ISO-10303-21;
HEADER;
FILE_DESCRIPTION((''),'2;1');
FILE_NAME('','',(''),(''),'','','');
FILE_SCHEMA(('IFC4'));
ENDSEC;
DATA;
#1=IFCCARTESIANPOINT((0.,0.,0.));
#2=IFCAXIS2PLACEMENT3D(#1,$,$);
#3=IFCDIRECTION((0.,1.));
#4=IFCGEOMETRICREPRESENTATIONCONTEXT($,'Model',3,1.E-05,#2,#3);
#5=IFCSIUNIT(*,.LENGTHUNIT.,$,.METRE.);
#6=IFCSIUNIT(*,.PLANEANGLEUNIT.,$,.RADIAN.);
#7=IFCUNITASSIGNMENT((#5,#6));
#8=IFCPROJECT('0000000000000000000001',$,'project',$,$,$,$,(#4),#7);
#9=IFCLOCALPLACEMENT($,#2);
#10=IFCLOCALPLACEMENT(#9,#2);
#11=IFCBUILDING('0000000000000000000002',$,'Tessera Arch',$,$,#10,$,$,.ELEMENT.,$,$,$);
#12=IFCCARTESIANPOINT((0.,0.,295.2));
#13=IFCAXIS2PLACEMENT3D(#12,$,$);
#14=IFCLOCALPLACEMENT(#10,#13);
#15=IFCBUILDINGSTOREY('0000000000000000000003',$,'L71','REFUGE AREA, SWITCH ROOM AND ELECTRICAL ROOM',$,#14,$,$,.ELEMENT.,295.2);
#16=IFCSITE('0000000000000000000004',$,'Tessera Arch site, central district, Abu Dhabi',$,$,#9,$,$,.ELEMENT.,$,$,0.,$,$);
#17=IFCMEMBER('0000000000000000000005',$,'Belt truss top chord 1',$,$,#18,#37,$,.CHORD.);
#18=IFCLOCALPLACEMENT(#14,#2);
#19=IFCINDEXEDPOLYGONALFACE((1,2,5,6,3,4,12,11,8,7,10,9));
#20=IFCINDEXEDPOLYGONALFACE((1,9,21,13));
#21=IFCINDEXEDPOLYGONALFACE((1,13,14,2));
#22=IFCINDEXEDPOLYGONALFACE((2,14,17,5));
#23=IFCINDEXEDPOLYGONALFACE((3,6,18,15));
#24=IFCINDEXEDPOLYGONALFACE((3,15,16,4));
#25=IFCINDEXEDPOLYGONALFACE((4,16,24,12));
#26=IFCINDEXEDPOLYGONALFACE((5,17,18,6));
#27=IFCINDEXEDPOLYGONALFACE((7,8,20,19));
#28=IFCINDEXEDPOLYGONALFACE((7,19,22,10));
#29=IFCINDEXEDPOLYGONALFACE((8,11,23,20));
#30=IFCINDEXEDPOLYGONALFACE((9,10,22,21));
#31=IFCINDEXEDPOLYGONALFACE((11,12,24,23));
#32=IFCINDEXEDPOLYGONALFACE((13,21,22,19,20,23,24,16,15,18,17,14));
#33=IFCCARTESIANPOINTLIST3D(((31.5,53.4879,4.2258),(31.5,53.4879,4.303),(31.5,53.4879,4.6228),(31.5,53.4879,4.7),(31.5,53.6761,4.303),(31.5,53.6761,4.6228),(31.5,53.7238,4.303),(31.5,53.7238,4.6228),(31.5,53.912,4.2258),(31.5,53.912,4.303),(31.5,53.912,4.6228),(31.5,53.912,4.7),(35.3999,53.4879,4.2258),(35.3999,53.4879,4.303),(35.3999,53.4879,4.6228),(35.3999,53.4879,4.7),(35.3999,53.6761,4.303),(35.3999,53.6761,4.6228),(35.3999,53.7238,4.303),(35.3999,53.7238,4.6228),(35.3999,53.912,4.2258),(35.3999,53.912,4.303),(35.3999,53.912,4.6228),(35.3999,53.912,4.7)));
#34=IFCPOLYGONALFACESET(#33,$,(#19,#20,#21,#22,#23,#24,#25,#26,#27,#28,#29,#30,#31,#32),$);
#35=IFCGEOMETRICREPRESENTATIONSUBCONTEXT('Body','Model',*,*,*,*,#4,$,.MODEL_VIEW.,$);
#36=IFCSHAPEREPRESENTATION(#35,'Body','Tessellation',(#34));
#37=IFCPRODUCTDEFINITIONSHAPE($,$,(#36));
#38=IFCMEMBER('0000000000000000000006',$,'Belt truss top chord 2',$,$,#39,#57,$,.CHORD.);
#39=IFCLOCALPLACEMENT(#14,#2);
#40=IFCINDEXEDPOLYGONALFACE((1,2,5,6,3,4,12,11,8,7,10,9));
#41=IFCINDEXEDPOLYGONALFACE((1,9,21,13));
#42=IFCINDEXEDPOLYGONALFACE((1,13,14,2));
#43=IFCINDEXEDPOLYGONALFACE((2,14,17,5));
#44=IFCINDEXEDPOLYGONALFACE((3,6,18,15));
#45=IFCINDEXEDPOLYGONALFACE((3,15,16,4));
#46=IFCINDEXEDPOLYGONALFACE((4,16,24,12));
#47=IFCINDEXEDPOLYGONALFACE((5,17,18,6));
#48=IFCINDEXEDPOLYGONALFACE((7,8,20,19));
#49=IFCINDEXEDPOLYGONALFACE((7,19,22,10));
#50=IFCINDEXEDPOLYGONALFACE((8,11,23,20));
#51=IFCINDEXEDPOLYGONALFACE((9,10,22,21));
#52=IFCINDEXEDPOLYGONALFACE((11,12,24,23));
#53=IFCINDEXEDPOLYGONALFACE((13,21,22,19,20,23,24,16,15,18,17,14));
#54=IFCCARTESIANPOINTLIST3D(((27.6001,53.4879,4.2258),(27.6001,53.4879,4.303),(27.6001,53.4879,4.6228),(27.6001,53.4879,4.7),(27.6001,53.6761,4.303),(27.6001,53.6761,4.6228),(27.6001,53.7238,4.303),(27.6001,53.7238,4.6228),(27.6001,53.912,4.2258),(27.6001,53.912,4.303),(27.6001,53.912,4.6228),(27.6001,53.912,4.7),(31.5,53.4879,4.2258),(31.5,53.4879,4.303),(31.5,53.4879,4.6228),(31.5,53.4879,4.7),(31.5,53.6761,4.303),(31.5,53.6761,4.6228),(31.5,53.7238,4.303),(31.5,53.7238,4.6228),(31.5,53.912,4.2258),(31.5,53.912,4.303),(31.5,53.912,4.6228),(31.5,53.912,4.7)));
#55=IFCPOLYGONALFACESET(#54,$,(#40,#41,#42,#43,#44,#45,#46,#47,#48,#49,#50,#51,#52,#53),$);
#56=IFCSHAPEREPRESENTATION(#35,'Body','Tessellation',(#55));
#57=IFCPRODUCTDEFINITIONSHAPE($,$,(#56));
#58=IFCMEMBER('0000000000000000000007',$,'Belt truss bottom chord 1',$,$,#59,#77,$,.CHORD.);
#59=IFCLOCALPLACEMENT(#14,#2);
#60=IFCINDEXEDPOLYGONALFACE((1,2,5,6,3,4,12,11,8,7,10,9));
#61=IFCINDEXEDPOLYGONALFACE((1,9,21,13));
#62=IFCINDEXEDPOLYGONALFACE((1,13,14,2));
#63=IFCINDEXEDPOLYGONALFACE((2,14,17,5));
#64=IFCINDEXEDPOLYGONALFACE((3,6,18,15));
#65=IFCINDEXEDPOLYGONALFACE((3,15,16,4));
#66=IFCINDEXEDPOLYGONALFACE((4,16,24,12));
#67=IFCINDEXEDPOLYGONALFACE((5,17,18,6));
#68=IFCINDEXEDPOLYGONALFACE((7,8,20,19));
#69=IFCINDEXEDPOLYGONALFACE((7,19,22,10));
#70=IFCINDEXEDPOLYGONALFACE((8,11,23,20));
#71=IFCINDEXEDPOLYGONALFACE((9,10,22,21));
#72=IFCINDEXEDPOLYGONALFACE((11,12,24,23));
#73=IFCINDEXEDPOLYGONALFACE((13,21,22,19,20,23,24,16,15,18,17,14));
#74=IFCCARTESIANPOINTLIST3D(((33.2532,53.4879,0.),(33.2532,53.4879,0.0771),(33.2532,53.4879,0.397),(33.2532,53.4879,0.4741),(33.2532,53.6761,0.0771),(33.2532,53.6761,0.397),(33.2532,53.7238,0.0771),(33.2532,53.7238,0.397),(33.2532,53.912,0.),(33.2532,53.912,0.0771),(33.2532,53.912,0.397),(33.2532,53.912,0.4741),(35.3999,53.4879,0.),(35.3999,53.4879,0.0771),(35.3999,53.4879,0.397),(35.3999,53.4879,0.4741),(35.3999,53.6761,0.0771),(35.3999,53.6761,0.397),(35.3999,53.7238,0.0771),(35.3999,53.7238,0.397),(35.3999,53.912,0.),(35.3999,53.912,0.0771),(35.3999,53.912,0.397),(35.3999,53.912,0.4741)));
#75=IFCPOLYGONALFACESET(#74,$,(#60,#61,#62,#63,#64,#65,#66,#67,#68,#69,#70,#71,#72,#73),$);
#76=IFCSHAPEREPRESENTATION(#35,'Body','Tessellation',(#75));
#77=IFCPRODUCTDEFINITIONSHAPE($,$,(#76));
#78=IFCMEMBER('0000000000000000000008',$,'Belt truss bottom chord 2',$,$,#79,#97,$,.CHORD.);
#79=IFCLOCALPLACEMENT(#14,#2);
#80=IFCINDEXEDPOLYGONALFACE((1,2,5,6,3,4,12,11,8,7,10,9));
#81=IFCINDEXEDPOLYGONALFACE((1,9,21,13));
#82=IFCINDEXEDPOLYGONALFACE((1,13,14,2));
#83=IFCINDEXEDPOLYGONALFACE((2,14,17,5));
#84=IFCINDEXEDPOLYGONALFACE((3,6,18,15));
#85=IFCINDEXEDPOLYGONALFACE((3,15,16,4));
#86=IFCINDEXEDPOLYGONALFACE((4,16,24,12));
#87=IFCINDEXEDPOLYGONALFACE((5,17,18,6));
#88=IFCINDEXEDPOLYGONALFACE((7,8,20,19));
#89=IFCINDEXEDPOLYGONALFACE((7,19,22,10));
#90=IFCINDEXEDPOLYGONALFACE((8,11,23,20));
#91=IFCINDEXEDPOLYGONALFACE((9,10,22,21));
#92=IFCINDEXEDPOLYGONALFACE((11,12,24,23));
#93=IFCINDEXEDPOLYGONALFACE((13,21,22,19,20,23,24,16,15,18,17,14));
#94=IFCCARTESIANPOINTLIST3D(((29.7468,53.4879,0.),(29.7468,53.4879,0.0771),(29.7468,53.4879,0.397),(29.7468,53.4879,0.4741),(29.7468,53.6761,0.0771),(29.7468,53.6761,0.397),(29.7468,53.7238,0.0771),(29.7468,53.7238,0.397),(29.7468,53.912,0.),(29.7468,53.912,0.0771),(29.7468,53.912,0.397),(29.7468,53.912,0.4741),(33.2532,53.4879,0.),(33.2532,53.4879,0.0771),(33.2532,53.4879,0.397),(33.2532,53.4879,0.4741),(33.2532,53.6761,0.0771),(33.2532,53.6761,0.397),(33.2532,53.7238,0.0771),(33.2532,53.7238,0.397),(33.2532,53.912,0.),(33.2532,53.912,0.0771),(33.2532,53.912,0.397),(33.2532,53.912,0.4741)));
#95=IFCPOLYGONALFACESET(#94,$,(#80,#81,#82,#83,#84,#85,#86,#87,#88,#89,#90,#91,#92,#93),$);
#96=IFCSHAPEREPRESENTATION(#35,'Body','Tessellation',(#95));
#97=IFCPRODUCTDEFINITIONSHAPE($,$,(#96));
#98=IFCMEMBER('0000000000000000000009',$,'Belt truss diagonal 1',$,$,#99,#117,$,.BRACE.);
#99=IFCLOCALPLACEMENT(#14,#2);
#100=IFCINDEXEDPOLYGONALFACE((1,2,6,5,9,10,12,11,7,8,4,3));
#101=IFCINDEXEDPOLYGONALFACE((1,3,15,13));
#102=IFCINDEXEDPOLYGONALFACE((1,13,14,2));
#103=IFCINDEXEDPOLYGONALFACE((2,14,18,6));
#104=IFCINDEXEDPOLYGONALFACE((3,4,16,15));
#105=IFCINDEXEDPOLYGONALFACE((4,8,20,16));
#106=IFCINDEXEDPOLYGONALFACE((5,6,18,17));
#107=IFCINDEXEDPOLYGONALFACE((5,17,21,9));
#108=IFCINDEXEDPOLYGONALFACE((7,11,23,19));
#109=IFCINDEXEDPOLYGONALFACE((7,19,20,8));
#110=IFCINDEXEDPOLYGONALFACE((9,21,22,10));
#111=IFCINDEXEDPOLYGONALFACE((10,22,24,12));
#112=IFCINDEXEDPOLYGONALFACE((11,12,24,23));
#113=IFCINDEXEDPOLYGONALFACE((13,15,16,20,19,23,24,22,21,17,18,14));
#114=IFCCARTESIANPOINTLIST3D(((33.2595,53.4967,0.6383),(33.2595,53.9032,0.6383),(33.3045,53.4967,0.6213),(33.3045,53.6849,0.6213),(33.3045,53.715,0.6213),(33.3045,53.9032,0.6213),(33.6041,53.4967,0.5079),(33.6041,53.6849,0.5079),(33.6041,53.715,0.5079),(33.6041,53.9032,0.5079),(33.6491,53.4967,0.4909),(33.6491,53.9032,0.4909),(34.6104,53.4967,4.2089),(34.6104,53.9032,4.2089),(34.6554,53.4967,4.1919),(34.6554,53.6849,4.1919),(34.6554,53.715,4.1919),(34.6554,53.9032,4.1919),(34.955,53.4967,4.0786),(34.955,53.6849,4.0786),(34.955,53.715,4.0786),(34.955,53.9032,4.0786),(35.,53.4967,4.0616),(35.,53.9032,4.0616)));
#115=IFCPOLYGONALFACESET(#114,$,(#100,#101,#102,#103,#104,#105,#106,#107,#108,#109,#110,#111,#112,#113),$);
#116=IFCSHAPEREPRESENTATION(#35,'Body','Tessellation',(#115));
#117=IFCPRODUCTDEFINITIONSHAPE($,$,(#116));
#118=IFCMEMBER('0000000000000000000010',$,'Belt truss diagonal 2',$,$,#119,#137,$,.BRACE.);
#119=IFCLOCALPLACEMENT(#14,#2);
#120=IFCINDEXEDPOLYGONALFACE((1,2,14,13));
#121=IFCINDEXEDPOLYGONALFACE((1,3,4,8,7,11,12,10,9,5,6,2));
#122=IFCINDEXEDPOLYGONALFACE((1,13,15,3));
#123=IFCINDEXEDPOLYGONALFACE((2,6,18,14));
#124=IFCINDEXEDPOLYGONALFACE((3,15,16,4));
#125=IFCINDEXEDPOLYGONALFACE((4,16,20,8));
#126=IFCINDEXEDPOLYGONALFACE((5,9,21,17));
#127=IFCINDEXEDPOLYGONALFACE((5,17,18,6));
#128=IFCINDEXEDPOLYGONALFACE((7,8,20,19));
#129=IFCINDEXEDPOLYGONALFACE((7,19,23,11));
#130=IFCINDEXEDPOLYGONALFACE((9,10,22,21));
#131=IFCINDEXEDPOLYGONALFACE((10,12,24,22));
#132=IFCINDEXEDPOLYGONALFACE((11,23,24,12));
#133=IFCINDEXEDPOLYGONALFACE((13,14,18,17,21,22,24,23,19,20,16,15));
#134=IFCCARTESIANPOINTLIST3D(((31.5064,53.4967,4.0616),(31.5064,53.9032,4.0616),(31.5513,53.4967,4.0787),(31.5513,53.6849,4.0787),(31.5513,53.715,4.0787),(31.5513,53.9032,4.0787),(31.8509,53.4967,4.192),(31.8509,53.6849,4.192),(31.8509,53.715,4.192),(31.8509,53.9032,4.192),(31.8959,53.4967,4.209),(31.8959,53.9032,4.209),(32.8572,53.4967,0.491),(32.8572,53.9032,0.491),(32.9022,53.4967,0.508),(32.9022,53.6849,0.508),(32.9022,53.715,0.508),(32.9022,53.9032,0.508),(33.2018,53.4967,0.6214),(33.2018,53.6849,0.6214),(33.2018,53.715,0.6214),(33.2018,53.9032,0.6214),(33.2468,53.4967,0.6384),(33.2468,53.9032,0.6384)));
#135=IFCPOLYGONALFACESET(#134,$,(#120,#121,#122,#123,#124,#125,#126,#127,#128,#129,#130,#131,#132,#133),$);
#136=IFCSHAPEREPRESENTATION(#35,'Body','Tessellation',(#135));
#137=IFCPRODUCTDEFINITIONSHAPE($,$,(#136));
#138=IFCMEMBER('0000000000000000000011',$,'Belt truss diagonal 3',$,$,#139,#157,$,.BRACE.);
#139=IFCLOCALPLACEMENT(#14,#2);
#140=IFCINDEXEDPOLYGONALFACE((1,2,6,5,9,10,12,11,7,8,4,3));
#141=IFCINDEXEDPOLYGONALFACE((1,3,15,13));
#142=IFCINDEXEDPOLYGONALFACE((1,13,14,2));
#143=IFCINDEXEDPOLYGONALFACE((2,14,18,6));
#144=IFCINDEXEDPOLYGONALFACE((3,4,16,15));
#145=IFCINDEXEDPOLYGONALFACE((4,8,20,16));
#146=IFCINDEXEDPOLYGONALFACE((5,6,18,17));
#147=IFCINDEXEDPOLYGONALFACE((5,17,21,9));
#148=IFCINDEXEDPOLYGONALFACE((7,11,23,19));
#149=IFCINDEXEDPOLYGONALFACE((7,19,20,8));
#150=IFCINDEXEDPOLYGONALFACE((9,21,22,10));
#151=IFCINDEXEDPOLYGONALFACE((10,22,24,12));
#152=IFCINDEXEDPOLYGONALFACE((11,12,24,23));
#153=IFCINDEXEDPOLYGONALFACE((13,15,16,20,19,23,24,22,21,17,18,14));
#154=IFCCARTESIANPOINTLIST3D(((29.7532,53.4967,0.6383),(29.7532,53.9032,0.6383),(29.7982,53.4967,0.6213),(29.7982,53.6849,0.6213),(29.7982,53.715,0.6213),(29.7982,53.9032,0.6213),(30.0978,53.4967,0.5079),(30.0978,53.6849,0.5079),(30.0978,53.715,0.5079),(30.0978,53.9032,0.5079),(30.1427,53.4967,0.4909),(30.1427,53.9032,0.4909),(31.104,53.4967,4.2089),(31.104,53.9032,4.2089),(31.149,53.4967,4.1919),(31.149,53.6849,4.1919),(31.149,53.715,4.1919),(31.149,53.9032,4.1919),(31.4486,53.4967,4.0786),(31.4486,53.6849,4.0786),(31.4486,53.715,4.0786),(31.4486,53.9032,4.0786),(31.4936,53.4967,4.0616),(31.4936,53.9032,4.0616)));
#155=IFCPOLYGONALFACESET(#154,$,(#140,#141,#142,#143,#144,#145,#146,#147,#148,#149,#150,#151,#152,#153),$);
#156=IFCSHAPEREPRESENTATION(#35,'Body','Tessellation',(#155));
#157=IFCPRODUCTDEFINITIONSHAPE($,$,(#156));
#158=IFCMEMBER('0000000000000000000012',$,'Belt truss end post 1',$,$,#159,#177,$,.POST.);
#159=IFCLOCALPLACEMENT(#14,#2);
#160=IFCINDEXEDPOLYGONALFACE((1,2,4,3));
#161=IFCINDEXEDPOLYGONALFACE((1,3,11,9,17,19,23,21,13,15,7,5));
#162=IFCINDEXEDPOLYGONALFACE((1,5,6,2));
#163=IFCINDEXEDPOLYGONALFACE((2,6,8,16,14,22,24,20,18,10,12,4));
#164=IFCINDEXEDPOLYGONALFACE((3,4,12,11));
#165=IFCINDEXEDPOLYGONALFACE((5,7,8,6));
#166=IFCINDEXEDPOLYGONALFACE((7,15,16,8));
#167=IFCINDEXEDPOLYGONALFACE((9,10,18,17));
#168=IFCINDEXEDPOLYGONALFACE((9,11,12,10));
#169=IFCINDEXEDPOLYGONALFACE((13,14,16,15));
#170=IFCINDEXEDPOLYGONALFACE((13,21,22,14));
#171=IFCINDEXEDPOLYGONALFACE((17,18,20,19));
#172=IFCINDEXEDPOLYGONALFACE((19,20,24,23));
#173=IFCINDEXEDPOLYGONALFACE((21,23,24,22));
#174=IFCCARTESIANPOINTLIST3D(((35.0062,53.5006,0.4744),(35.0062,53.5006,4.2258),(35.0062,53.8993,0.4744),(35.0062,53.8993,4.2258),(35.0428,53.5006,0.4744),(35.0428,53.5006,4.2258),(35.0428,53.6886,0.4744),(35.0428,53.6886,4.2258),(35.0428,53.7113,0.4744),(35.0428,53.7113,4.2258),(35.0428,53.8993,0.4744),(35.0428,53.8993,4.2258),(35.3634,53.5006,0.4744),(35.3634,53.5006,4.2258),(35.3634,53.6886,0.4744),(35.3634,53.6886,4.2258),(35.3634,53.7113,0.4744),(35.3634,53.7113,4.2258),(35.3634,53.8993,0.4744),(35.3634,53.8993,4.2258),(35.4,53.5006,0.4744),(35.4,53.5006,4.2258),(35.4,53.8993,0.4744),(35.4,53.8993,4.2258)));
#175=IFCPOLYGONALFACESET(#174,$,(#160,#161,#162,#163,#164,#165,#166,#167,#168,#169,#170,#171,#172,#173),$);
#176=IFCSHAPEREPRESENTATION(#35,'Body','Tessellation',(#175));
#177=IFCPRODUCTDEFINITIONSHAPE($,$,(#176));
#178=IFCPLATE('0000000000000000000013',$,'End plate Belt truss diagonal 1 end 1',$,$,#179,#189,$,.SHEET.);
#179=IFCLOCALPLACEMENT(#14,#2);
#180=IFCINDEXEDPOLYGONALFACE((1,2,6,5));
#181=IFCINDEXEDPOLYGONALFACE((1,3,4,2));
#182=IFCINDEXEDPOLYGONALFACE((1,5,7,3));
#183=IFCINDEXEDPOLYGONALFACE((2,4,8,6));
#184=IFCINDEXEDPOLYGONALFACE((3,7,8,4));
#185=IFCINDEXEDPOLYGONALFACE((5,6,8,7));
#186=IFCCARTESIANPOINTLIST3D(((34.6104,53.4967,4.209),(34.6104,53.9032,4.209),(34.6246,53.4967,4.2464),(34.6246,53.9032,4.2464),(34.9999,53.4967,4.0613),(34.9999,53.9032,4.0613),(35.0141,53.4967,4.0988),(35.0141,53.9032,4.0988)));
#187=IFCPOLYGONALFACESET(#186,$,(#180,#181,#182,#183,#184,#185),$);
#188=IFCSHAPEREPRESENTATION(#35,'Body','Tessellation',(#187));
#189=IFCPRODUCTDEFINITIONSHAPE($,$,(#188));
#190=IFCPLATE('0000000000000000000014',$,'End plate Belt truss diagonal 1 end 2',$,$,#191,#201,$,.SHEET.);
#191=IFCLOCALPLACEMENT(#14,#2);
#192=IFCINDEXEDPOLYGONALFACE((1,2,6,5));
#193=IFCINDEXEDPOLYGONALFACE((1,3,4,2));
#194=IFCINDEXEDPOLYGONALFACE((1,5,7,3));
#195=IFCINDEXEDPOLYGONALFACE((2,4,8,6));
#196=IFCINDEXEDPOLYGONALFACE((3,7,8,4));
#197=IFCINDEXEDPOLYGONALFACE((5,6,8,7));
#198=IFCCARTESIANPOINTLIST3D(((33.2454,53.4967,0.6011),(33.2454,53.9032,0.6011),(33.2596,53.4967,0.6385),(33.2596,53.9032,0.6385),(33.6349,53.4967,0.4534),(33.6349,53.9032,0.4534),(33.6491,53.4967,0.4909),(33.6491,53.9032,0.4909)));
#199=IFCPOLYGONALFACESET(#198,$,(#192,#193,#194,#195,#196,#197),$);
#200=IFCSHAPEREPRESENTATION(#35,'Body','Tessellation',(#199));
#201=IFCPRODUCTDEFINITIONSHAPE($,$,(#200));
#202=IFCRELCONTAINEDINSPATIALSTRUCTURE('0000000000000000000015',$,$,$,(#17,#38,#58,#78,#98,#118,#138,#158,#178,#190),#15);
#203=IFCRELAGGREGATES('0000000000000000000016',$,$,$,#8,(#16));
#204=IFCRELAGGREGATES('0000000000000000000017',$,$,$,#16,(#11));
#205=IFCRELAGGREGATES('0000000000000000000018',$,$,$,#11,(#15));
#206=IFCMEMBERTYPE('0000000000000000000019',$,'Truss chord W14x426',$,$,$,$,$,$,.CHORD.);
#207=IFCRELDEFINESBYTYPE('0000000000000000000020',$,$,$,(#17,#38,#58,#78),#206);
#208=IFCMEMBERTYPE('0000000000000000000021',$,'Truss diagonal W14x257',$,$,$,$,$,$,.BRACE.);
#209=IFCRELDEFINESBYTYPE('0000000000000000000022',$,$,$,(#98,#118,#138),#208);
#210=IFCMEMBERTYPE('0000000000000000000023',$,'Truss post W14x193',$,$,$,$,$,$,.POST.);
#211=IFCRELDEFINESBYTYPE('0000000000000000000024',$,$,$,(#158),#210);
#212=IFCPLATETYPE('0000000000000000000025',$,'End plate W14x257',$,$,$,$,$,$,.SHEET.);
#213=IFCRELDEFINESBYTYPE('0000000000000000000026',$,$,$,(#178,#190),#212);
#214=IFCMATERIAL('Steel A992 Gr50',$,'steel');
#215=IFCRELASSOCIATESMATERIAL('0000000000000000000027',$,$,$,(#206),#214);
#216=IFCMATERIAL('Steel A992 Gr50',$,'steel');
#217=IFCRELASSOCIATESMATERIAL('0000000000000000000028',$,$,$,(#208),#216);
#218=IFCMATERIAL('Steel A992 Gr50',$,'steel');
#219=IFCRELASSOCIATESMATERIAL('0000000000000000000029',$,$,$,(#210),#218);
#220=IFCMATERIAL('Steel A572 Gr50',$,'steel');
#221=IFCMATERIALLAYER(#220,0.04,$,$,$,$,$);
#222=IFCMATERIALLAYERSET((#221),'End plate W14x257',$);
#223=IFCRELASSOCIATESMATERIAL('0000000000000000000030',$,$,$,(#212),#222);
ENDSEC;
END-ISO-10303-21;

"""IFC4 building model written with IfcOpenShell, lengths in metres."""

from ifc_helpers import new_model, si_unit, direction, frame, origin, origin_2d, place, context, subcontext, project, spatial, rectangle, i_section, extrude, material, layer, layer_set, material_profile, profile_set, type_object, element, save


model = new_model("IFC4")

# Units and contexts
model_context = context("Model", 3, precision=1e-05, world=origin(), true_north=direction((0.0, 1.0)))
body_context = subcontext(model_context, "Body", "Model", "MODEL_VIEW")
ifc_project = project(units=[si_unit("LENGTHUNIT", "METRE"), si_unit("PLANEANGLEUNIT", "RADIAN")], contexts=[model_context])

# Site, building, storey
site_placement = place(None, origin())
site = spatial("IfcSite", under=ifc_project, at=site_placement, Name="Tessera Arch site, central district, Abu Dhabi", CompositionType="ELEMENT", RefElevation=0.0)
building_placement = place(site_placement, origin())
building = spatial("IfcBuilding", under=site, at=building_placement, Name="Tessera Arch", CompositionType="ELEMENT")
storey_placement = place(building_placement, frame((0.0, 0.0, 295.2)))
storey = spatial("IfcBuildingStorey", under=building, at=storey_placement, Name="L71", Description="REFUGE AREA, SWITCH ROOM AND ELECTRICAL ROOM", CompositionType="ELEMENT", Elevation=295.2)

# Members
ifc_material_1 = material(Name="Steel A992 Gr50", Category="steel")
ifc_material_profile_1 = material_profile(ifc_material_1, i_section(OverallWidth=0.4241, OverallDepth=0.4741, WebThickness=0.0476, FlangeThickness=0.0771, at=origin_2d()), Name="W14x426")
ifc_profile_set_1 = profile_set([ifc_material_profile_1], Name="Steel A992 Gr50")
member_type_1 = type_object("IfcMemberType", Name="Truss chord W14x426", PredefinedType="CHORD", material=ifc_profile_set_1)
for number, where, z_axis, x_axis, name in (
    (1, (35.3999, 53.7, 4.4629), (-1.0, 0.0, 0.0), (0.0, -1.0, 0.0), "Belt truss top chord 1"),
    (2, (31.5, 53.7, 4.4629), (-1.0, 0.0, 0.0), (0.0, -1.0, 0.0), "Belt truss top chord 2"),
):
    element("IfcMember", number, at=place(storey_placement, frame(where, z_axis=z_axis, x_axis=x_axis)), inside=storey, type_object=member_type_1, Name=name, PredefinedType="CHORD", context=body_context, shape_type="SweptSolid", body=[
        extrude(i_section(OverallWidth=0.4241, OverallDepth=0.4741, WebThickness=0.0476, FlangeThickness=0.0771, at=origin_2d()), origin(), (0.0, 0.0, 1.0), 3.8999),
    ])
member_1_placement = place(storey_placement, frame((35.3999, 53.7, 0.2371), z_axis=(-1.0, 0.0, 0.0), x_axis=(0.0, -1.0, 0.0)))
element("IfcMember", 3, at=member_1_placement, inside=storey, type_object=member_type_1, Name="Belt truss bottom chord 1", PredefinedType="CHORD", context=body_context, shape_type="SweptSolid", body=[
    extrude(i_section(OverallWidth=0.4241, OverallDepth=0.4741, WebThickness=0.0476, FlangeThickness=0.0771, at=origin_2d()), origin(), (0.0, 0.0, 1.0), 2.1467),
])
member_2_placement = place(storey_placement, frame((33.2532, 53.7, 0.2371), z_axis=(-1.0, 0.0, 0.0), x_axis=(0.0, -1.0, 0.0)))
element("IfcMember", 4, at=member_2_placement, inside=storey, type_object=member_type_1, Name="Belt truss bottom chord 2", PredefinedType="CHORD", context=body_context, shape_type="SweptSolid", body=[
    extrude(i_section(OverallWidth=0.4241, OverallDepth=0.4741, WebThickness=0.0476, FlangeThickness=0.0771, at=origin_2d()), origin(), (0.0, 0.0, 1.0), 3.5063),
])
ifc_material_2 = material(Name="Steel A992 Gr50", Category="steel")
ifc_material_profile_2 = material_profile(ifc_material_2, i_section(OverallWidth=0.4065, OverallDepth=0.4165, WebThickness=0.03, FlangeThickness=0.0481, at=origin_2d()), Name="W14x257")
ifc_profile_set_2 = profile_set([ifc_material_profile_2], Name="Steel A992 Gr50")
member_type_2 = type_object("IfcMemberType", Name="Truss diagonal W14x257", PredefinedType="BRACE", material=ifc_profile_set_2)
for number, where, z_axis, x_axis, name in (
    (5, (34.8052, 53.7, 4.1353), (-0.353848, 0.0, -0.935303), (0.0, -1.0, 0.0), "Belt truss diagonal 1"),
    (6, (33.052, 53.7, 0.5647), (-0.353848, 0.0, 0.935303), (0.0, -1.0, 0.0), "Belt truss diagonal 2"),
    (7, (31.2988, 53.7, 4.1353), (-0.353848, 0.0, -0.935303), (0.0, -1.0, 0.0), "Belt truss diagonal 3"),
):
    element("IfcMember", number, at=place(storey_placement, frame(where, z_axis=z_axis, x_axis=x_axis)), inside=storey, type_object=member_type_2, Name=name, PredefinedType="BRACE", context=body_context, shape_type="SweptSolid", body=[
        extrude(i_section(OverallWidth=0.4065, OverallDepth=0.4165, WebThickness=0.03, FlangeThickness=0.0481, at=origin_2d()), origin(), (0.0, 0.0, 1.0), 3.8176),
    ])
ifc_material_3 = material(Name="Steel A992 Gr50", Category="steel")
ifc_material_profile_3 = material_profile(ifc_material_3, i_section(OverallWidth=0.3987, OverallDepth=0.3938, WebThickness=0.0227, FlangeThickness=0.0366, at=origin_2d()), Name="W14x193")
ifc_profile_set_3 = profile_set([ifc_material_profile_3], Name="Steel A992 Gr50")
member_type_3 = type_object("IfcMemberType", Name="Truss post W14x193", PredefinedType="POST", material=ifc_profile_set_3)
member_3_placement = place(storey_placement, frame((35.2031, 53.7, 0.4744), z_axis=(0.0, 0.0, 1.0), x_axis=(0.0, 1.0, 0.0)))
element("IfcMember", 8, at=member_3_placement, inside=storey, type_object=member_type_3, Name="Belt truss end post 1", PredefinedType="POST", context=body_context, shape_type="SweptSolid", body=[
    extrude(i_section(OverallWidth=0.3987, OverallDepth=0.3938, WebThickness=0.0227, FlangeThickness=0.0366, at=origin_2d()), origin(), (0.0, 0.0, 1.0), 3.7515),
])

# Plates
ifc_material_4 = material(Name="Steel A572 Gr50", Category="steel")
ifc_layer_1 = layer(ifc_material_4, 0.04)
ifc_layer_set_1 = layer_set([ifc_layer_1], Name="End plate W14x257")
plate_type = type_object("IfcPlateType", Name="End plate W14x257", PredefinedType="SHEET", material=ifc_layer_set_1)
for number, where, z_axis, x_axis, name in (
    (9, (34.8193, 53.7, 4.1726), (-0.35447, 0.0, -0.935067), (0.0, -1.0, 0.0), "End plate Belt truss diagonal 1 end 1"),
    (10, (33.4543, 53.7, 0.5647), (-0.35447, 0.0, -0.935067), (0.0, -1.0, 0.0), "End plate Belt truss diagonal 1 end 2"),
):
    element("IfcPlate", number, at=place(storey_placement, frame(where, z_axis=z_axis, x_axis=x_axis)), inside=storey, type_object=plate_type, Name=name, PredefinedType="SHEET", context=body_context, shape_type="SweptSolid", body=[
        extrude(rectangle(XDim=0.4065, YDim=0.4165, at=origin_2d()), origin(), (0.0, 0.0, 1.0), 0.04),
    ])

save(model, "model.ifc")
